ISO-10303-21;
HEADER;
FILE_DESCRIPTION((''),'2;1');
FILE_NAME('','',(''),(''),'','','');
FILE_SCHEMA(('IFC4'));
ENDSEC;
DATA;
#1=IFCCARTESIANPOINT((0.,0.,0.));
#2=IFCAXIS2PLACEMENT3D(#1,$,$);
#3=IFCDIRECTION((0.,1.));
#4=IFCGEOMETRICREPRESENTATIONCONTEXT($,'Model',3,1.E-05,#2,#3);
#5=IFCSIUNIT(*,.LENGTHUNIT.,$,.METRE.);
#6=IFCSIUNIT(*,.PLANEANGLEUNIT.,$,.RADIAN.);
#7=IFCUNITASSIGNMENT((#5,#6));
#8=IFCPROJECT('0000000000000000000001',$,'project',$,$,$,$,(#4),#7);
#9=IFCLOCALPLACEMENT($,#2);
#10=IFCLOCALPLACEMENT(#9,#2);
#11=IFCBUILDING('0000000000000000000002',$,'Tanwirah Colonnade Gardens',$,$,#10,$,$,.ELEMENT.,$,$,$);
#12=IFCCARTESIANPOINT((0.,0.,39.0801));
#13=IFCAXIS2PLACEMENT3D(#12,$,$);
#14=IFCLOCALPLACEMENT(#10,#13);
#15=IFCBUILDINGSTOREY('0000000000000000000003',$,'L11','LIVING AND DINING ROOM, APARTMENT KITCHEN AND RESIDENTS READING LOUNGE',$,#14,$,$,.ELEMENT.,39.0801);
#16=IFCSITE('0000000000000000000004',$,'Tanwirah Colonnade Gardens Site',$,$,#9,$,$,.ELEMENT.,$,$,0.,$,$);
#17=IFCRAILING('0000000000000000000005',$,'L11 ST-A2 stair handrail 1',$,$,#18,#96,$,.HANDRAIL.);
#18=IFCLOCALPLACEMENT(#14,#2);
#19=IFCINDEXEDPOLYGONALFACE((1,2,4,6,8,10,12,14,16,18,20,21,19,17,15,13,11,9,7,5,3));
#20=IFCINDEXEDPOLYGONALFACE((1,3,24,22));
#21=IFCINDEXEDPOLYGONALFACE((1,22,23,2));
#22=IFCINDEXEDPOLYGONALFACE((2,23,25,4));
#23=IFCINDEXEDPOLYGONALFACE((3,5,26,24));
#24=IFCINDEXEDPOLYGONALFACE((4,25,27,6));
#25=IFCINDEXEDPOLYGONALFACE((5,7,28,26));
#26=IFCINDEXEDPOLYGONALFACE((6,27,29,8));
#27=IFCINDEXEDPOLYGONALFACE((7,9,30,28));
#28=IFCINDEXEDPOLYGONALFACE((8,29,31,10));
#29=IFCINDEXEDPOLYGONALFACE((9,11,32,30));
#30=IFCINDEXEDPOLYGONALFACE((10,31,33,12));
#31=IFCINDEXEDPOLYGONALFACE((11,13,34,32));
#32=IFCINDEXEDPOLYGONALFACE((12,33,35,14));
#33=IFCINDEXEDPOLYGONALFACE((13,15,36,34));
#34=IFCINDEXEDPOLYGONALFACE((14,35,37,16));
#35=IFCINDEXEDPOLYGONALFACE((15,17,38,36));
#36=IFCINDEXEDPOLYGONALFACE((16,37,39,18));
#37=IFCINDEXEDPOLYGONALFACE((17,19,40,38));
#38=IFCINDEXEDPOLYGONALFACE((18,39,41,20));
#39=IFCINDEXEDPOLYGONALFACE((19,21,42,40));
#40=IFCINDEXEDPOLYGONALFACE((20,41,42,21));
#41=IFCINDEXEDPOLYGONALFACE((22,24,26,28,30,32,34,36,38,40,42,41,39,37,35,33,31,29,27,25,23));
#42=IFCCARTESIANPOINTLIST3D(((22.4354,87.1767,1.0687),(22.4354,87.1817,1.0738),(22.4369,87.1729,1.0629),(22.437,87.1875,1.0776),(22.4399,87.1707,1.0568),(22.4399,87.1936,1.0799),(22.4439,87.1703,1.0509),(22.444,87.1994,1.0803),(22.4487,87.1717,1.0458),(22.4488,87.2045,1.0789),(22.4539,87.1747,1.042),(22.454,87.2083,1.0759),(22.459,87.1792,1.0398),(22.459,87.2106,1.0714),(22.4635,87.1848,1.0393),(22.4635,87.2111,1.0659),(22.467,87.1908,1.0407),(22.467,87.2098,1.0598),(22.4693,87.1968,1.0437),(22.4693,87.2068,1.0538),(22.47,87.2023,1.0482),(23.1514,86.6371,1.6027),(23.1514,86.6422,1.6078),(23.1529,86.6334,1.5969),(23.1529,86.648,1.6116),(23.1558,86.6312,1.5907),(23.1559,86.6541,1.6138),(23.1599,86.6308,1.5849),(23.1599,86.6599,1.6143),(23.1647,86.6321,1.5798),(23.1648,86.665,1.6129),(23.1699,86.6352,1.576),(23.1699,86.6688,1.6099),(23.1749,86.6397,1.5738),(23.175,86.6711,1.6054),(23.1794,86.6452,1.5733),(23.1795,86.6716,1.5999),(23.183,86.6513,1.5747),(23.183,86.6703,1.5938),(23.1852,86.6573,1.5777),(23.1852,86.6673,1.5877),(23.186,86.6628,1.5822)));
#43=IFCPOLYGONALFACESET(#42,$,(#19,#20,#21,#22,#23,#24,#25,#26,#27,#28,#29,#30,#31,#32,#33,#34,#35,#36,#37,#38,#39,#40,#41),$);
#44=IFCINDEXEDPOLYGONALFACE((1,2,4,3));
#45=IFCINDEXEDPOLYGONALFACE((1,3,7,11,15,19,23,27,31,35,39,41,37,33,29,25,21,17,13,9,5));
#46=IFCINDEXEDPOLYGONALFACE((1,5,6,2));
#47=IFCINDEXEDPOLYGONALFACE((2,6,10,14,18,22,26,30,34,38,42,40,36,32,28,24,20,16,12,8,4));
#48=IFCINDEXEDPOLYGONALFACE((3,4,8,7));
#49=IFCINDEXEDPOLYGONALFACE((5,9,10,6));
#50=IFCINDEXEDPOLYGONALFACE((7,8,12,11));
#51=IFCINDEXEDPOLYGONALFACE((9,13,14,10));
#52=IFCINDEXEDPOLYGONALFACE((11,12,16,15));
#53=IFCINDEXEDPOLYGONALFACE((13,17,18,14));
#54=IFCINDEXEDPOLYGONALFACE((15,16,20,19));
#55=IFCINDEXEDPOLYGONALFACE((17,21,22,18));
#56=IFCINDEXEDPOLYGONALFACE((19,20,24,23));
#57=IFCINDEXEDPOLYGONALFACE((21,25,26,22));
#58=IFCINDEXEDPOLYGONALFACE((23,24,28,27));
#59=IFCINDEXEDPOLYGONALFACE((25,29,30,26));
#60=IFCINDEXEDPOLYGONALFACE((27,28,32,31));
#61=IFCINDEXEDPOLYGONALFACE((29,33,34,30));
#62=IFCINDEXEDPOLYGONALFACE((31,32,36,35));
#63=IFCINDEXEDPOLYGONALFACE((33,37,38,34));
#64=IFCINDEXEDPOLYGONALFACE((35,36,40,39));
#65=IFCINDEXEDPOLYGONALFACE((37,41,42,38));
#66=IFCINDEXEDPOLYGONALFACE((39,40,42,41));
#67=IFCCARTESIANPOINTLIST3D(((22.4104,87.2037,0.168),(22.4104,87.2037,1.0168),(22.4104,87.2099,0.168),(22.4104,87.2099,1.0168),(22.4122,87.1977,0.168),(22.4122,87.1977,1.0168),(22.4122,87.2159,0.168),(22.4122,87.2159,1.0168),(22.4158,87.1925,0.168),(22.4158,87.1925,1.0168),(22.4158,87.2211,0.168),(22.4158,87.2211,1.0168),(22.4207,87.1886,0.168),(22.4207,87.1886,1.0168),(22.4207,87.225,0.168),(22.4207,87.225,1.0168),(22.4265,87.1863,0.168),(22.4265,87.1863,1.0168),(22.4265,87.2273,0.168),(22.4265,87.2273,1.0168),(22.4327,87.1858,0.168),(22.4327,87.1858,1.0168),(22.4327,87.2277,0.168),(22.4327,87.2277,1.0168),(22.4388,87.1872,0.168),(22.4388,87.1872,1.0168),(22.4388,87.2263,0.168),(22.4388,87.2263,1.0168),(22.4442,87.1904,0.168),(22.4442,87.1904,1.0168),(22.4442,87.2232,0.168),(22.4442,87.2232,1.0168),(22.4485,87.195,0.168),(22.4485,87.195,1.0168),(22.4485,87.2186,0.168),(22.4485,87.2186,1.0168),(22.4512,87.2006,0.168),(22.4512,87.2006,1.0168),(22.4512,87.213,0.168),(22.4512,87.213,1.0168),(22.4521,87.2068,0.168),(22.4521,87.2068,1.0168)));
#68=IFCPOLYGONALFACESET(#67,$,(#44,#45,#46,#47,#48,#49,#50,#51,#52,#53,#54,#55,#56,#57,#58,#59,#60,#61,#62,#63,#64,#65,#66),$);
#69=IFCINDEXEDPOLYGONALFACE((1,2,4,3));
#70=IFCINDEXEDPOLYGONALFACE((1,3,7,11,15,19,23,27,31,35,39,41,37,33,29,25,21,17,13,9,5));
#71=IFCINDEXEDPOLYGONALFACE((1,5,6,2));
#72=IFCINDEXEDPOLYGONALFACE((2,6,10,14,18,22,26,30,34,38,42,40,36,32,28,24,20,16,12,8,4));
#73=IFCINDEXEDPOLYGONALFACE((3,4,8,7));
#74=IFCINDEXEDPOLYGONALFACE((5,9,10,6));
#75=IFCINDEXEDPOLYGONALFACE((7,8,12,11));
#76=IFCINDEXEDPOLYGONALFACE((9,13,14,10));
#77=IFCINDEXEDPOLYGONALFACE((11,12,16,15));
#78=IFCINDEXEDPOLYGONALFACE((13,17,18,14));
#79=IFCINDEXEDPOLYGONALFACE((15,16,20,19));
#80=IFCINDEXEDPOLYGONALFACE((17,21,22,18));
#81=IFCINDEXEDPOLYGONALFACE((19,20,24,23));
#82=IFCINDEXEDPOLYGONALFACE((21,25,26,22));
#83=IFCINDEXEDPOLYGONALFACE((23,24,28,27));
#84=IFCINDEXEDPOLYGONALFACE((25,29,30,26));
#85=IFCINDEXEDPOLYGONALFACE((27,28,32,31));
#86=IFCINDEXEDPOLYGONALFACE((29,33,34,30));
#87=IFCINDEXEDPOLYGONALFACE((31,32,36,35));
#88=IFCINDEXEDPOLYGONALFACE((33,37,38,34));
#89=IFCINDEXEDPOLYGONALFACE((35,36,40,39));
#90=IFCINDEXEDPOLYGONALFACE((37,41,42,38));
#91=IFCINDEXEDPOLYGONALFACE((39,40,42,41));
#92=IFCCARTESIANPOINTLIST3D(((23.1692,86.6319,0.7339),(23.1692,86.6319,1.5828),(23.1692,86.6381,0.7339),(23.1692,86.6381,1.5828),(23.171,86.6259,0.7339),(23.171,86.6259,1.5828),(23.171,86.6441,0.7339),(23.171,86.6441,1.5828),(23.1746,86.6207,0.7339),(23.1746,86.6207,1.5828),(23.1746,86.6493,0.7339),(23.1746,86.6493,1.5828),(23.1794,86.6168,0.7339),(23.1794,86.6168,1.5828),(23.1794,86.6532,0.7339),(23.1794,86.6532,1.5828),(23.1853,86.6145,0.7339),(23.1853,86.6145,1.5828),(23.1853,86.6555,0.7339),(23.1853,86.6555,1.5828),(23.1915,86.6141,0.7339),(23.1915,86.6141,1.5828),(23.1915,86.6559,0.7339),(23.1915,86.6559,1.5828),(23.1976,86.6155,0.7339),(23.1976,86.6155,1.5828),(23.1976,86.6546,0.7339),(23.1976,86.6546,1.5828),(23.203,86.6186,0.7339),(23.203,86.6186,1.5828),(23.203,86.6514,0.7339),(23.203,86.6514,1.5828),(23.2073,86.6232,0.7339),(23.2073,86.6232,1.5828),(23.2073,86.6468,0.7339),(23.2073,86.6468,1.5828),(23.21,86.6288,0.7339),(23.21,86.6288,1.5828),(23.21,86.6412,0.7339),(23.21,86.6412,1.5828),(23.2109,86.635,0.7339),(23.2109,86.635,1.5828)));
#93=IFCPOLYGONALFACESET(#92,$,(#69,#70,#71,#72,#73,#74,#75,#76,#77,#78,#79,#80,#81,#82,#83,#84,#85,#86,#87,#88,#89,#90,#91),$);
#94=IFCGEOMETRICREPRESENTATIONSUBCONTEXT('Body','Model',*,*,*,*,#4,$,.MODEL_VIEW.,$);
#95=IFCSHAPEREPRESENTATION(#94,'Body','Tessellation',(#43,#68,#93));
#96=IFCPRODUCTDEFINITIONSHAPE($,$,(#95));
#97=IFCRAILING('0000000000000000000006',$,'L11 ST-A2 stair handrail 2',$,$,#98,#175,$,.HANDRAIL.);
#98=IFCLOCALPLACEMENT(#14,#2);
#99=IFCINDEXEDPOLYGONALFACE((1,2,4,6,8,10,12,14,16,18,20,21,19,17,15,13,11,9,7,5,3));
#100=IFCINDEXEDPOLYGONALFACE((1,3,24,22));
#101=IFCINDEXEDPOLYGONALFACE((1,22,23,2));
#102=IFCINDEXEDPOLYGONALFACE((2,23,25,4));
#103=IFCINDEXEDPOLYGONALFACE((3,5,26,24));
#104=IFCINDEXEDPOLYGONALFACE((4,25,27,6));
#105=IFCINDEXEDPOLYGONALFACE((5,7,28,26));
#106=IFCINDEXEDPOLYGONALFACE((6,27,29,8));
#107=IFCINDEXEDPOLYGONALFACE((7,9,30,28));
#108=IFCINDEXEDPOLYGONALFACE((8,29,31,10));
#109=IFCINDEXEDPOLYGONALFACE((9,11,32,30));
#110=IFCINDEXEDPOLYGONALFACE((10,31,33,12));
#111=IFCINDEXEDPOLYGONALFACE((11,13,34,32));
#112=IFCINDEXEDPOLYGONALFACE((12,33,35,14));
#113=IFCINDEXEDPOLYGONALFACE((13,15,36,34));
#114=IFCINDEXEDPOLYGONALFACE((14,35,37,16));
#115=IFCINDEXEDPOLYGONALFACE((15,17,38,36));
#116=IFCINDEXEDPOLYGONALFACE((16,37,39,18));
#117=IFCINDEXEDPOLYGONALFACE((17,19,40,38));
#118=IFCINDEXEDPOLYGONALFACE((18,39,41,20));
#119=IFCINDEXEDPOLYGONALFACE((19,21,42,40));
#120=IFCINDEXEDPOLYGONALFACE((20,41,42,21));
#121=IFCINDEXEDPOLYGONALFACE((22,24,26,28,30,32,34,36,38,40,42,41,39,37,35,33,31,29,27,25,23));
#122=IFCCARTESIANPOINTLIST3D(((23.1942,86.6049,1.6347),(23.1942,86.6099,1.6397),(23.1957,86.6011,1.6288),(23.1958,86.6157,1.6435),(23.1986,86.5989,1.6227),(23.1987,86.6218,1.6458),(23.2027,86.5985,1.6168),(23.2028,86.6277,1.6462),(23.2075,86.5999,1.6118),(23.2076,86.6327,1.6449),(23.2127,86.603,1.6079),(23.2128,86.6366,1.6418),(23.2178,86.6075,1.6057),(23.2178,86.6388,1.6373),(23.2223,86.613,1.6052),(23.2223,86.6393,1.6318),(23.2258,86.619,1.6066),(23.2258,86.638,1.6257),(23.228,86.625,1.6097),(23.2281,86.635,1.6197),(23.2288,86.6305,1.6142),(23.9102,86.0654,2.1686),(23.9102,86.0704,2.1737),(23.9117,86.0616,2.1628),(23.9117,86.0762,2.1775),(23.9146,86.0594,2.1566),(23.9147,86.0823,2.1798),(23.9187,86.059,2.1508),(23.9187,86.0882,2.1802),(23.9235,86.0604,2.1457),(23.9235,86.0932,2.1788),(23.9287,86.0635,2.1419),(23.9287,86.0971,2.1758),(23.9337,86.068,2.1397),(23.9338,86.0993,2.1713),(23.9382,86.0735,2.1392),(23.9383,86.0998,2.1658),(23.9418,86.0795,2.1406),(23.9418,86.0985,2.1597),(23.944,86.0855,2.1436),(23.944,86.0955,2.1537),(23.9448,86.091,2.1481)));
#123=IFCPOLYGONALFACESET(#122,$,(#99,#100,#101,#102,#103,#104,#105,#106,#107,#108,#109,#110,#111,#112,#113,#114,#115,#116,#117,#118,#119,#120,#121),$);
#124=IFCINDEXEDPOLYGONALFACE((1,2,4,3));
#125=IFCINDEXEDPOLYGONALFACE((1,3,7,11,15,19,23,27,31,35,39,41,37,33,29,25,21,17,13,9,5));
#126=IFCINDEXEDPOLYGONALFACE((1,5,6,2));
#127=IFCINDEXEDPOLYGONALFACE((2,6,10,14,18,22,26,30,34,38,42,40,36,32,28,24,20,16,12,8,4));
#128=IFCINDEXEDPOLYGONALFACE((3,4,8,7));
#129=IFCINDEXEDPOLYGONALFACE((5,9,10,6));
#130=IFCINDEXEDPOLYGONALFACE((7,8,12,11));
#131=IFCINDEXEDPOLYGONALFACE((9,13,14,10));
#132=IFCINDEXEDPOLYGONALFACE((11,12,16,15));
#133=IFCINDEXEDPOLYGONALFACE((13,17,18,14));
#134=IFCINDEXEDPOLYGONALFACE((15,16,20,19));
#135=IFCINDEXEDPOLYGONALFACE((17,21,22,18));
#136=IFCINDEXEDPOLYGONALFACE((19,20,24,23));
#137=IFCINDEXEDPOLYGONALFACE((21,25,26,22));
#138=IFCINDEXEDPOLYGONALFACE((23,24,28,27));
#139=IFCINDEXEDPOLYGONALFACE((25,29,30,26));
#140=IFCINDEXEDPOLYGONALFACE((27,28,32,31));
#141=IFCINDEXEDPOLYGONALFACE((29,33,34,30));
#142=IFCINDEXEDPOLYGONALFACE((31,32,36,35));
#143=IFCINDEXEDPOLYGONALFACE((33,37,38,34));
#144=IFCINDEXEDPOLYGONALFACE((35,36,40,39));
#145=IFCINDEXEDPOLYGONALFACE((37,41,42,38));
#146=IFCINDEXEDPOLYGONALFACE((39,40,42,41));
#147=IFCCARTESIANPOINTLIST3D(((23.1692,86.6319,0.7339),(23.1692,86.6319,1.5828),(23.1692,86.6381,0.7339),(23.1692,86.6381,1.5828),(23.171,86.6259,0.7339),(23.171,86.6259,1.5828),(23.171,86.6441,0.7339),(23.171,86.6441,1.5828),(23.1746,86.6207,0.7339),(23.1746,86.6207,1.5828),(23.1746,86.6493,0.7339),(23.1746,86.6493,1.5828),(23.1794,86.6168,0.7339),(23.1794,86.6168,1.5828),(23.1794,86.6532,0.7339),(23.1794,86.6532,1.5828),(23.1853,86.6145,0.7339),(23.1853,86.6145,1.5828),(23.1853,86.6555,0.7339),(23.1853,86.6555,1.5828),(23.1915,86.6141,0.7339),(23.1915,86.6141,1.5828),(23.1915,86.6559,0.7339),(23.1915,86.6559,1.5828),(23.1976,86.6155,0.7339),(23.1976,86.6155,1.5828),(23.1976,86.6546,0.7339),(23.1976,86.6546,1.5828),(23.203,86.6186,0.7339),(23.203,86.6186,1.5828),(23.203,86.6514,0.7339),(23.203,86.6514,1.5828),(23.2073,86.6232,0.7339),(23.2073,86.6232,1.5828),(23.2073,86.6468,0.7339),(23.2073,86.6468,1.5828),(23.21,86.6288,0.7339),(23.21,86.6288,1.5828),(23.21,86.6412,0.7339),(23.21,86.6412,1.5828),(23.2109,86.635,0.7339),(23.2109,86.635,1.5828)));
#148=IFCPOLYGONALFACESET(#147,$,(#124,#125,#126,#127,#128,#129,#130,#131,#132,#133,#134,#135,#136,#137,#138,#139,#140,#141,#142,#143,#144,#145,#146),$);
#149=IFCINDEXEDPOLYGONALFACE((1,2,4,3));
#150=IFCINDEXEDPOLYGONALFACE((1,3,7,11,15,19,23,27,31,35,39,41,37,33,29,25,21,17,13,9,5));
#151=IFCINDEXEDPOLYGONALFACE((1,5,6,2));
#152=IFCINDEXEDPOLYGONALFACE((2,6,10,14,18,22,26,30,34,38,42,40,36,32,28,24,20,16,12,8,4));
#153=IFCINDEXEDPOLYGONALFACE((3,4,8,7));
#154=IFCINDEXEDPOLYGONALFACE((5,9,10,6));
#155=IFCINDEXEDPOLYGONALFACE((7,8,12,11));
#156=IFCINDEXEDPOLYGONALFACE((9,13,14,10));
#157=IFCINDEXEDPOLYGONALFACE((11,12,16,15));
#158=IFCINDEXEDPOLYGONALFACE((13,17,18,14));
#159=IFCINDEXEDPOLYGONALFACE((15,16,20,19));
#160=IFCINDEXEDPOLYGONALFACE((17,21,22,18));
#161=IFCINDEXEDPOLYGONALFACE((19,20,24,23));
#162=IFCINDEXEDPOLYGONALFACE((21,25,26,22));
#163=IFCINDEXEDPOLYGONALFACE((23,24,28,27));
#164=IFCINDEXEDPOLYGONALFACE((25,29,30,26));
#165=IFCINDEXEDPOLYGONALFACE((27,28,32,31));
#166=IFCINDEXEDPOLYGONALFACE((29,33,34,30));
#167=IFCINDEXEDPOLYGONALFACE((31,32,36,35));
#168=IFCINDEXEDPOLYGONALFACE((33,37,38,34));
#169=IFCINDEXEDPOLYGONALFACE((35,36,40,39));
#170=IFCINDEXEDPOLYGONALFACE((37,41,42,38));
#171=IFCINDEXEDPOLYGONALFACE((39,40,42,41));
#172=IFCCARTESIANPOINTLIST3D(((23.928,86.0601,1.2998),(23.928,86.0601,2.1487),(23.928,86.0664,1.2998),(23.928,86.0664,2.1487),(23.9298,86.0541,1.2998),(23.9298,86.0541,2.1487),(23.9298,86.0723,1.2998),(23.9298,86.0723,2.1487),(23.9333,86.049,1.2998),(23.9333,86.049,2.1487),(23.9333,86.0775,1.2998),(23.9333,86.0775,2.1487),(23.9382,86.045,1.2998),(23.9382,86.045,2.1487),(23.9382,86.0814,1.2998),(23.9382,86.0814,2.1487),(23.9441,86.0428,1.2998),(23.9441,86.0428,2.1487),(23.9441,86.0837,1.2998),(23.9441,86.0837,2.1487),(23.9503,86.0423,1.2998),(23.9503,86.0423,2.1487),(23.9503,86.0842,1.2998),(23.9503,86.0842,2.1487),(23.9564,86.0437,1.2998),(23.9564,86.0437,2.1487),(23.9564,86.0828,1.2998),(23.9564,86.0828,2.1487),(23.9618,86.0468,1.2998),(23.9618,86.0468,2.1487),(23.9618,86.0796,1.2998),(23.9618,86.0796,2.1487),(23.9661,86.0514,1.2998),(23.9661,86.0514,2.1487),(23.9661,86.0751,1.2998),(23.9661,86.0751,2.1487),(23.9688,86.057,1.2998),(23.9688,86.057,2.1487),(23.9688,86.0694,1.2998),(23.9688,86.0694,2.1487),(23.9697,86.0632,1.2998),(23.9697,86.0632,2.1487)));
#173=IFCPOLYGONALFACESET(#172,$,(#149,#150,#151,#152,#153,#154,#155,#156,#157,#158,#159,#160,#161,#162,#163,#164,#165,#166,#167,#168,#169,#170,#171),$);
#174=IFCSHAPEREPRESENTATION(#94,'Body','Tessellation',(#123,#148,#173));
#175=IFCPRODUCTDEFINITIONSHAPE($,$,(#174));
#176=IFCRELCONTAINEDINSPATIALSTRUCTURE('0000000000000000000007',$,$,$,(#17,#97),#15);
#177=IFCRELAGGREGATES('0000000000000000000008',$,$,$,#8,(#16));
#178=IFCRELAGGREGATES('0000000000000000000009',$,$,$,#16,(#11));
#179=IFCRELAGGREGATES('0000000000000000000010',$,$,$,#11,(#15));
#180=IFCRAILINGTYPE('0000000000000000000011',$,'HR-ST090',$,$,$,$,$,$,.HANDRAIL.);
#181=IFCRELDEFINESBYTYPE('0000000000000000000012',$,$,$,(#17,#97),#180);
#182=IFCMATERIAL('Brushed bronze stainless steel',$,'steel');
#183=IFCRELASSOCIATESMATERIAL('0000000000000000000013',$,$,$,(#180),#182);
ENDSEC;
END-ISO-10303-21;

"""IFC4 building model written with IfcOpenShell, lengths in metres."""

from ifc_helpers import new_model, si_unit, direction, frame, origin, origin_2d, place, context, subcontext, project, spatial, circle, extrude, material, type_object, element, save


model = new_model("IFC4")

# Units and contexts
model_context = context("Model", 3, precision=1e-05, world=origin(), true_north=direction((0.0, 1.0)))
body_context = subcontext(model_context, "Body", "Model", "MODEL_VIEW")
ifc_project = project(units=[si_unit("LENGTHUNIT", "METRE"), si_unit("PLANEANGLEUNIT", "RADIAN")], contexts=[model_context])

# Site, building, storey
site_placement = place(None, origin())
site = spatial("IfcSite", under=ifc_project, at=site_placement, Name="Tanwirah Colonnade Gardens Site", CompositionType="ELEMENT", RefElevation=0.0)
building_placement = place(site_placement, origin())
building = spatial("IfcBuilding", under=site, at=building_placement, Name="Tanwirah Colonnade Gardens", CompositionType="ELEMENT")
storey_placement = place(building_placement, frame((0.0, 0.0, 39.0801)))
storey = spatial("IfcBuildingStorey", under=building, at=storey_placement, Name="L11", Description="LIVING AND DINING ROOM, APARTMENT KITCHEN AND RESIDENTS READING LOUNGE", CompositionType="ELEMENT", Elevation=39.0801)

# Railings
ifc_material_1 = material(Name="Brushed bronze stainless steel", Category="steel")
railing_type_1 = type_object("IfcRailingType", Name="HR-ST090", PredefinedType="HANDRAIL", material=ifc_material_1)
for number, where, name in (
    (1, (22.4312, 87.2068, 0.168), "L11 ST-A2 stair handrail 1"),
    (2, (23.1899, 86.635, 0.7339), "L11 ST-A2 stair handrail 2"),
):
    element("IfcRailing", number, at=place(storey_placement, frame(where)), inside=storey, type_object=railing_type_1, Name=name, PredefinedType="HANDRAIL", context=body_context, shape_type="SweptSolid", body=[
        extrude(circle(Radius=0.0239, at=origin_2d()), frame((0.0215, -0.0161, 0.8918), z_axis=(0.686145, -0.517037, 0.511739), x_axis=(0.601807, 0.798641, 0.0)), (0.0, 0.0, 1.0), 1.0435),
        extrude(circle(Radius=0.021, at=origin_2d()), origin(), (0.0, 0.0, 1.0), 0.8489),
        extrude(circle(Radius=0.021, at=origin_2d()), frame((0.7588, -0.5718, 0.5659)), (0.0, 0.0, 1.0), 0.8489),
    ])

save(model, "model.ifc")
